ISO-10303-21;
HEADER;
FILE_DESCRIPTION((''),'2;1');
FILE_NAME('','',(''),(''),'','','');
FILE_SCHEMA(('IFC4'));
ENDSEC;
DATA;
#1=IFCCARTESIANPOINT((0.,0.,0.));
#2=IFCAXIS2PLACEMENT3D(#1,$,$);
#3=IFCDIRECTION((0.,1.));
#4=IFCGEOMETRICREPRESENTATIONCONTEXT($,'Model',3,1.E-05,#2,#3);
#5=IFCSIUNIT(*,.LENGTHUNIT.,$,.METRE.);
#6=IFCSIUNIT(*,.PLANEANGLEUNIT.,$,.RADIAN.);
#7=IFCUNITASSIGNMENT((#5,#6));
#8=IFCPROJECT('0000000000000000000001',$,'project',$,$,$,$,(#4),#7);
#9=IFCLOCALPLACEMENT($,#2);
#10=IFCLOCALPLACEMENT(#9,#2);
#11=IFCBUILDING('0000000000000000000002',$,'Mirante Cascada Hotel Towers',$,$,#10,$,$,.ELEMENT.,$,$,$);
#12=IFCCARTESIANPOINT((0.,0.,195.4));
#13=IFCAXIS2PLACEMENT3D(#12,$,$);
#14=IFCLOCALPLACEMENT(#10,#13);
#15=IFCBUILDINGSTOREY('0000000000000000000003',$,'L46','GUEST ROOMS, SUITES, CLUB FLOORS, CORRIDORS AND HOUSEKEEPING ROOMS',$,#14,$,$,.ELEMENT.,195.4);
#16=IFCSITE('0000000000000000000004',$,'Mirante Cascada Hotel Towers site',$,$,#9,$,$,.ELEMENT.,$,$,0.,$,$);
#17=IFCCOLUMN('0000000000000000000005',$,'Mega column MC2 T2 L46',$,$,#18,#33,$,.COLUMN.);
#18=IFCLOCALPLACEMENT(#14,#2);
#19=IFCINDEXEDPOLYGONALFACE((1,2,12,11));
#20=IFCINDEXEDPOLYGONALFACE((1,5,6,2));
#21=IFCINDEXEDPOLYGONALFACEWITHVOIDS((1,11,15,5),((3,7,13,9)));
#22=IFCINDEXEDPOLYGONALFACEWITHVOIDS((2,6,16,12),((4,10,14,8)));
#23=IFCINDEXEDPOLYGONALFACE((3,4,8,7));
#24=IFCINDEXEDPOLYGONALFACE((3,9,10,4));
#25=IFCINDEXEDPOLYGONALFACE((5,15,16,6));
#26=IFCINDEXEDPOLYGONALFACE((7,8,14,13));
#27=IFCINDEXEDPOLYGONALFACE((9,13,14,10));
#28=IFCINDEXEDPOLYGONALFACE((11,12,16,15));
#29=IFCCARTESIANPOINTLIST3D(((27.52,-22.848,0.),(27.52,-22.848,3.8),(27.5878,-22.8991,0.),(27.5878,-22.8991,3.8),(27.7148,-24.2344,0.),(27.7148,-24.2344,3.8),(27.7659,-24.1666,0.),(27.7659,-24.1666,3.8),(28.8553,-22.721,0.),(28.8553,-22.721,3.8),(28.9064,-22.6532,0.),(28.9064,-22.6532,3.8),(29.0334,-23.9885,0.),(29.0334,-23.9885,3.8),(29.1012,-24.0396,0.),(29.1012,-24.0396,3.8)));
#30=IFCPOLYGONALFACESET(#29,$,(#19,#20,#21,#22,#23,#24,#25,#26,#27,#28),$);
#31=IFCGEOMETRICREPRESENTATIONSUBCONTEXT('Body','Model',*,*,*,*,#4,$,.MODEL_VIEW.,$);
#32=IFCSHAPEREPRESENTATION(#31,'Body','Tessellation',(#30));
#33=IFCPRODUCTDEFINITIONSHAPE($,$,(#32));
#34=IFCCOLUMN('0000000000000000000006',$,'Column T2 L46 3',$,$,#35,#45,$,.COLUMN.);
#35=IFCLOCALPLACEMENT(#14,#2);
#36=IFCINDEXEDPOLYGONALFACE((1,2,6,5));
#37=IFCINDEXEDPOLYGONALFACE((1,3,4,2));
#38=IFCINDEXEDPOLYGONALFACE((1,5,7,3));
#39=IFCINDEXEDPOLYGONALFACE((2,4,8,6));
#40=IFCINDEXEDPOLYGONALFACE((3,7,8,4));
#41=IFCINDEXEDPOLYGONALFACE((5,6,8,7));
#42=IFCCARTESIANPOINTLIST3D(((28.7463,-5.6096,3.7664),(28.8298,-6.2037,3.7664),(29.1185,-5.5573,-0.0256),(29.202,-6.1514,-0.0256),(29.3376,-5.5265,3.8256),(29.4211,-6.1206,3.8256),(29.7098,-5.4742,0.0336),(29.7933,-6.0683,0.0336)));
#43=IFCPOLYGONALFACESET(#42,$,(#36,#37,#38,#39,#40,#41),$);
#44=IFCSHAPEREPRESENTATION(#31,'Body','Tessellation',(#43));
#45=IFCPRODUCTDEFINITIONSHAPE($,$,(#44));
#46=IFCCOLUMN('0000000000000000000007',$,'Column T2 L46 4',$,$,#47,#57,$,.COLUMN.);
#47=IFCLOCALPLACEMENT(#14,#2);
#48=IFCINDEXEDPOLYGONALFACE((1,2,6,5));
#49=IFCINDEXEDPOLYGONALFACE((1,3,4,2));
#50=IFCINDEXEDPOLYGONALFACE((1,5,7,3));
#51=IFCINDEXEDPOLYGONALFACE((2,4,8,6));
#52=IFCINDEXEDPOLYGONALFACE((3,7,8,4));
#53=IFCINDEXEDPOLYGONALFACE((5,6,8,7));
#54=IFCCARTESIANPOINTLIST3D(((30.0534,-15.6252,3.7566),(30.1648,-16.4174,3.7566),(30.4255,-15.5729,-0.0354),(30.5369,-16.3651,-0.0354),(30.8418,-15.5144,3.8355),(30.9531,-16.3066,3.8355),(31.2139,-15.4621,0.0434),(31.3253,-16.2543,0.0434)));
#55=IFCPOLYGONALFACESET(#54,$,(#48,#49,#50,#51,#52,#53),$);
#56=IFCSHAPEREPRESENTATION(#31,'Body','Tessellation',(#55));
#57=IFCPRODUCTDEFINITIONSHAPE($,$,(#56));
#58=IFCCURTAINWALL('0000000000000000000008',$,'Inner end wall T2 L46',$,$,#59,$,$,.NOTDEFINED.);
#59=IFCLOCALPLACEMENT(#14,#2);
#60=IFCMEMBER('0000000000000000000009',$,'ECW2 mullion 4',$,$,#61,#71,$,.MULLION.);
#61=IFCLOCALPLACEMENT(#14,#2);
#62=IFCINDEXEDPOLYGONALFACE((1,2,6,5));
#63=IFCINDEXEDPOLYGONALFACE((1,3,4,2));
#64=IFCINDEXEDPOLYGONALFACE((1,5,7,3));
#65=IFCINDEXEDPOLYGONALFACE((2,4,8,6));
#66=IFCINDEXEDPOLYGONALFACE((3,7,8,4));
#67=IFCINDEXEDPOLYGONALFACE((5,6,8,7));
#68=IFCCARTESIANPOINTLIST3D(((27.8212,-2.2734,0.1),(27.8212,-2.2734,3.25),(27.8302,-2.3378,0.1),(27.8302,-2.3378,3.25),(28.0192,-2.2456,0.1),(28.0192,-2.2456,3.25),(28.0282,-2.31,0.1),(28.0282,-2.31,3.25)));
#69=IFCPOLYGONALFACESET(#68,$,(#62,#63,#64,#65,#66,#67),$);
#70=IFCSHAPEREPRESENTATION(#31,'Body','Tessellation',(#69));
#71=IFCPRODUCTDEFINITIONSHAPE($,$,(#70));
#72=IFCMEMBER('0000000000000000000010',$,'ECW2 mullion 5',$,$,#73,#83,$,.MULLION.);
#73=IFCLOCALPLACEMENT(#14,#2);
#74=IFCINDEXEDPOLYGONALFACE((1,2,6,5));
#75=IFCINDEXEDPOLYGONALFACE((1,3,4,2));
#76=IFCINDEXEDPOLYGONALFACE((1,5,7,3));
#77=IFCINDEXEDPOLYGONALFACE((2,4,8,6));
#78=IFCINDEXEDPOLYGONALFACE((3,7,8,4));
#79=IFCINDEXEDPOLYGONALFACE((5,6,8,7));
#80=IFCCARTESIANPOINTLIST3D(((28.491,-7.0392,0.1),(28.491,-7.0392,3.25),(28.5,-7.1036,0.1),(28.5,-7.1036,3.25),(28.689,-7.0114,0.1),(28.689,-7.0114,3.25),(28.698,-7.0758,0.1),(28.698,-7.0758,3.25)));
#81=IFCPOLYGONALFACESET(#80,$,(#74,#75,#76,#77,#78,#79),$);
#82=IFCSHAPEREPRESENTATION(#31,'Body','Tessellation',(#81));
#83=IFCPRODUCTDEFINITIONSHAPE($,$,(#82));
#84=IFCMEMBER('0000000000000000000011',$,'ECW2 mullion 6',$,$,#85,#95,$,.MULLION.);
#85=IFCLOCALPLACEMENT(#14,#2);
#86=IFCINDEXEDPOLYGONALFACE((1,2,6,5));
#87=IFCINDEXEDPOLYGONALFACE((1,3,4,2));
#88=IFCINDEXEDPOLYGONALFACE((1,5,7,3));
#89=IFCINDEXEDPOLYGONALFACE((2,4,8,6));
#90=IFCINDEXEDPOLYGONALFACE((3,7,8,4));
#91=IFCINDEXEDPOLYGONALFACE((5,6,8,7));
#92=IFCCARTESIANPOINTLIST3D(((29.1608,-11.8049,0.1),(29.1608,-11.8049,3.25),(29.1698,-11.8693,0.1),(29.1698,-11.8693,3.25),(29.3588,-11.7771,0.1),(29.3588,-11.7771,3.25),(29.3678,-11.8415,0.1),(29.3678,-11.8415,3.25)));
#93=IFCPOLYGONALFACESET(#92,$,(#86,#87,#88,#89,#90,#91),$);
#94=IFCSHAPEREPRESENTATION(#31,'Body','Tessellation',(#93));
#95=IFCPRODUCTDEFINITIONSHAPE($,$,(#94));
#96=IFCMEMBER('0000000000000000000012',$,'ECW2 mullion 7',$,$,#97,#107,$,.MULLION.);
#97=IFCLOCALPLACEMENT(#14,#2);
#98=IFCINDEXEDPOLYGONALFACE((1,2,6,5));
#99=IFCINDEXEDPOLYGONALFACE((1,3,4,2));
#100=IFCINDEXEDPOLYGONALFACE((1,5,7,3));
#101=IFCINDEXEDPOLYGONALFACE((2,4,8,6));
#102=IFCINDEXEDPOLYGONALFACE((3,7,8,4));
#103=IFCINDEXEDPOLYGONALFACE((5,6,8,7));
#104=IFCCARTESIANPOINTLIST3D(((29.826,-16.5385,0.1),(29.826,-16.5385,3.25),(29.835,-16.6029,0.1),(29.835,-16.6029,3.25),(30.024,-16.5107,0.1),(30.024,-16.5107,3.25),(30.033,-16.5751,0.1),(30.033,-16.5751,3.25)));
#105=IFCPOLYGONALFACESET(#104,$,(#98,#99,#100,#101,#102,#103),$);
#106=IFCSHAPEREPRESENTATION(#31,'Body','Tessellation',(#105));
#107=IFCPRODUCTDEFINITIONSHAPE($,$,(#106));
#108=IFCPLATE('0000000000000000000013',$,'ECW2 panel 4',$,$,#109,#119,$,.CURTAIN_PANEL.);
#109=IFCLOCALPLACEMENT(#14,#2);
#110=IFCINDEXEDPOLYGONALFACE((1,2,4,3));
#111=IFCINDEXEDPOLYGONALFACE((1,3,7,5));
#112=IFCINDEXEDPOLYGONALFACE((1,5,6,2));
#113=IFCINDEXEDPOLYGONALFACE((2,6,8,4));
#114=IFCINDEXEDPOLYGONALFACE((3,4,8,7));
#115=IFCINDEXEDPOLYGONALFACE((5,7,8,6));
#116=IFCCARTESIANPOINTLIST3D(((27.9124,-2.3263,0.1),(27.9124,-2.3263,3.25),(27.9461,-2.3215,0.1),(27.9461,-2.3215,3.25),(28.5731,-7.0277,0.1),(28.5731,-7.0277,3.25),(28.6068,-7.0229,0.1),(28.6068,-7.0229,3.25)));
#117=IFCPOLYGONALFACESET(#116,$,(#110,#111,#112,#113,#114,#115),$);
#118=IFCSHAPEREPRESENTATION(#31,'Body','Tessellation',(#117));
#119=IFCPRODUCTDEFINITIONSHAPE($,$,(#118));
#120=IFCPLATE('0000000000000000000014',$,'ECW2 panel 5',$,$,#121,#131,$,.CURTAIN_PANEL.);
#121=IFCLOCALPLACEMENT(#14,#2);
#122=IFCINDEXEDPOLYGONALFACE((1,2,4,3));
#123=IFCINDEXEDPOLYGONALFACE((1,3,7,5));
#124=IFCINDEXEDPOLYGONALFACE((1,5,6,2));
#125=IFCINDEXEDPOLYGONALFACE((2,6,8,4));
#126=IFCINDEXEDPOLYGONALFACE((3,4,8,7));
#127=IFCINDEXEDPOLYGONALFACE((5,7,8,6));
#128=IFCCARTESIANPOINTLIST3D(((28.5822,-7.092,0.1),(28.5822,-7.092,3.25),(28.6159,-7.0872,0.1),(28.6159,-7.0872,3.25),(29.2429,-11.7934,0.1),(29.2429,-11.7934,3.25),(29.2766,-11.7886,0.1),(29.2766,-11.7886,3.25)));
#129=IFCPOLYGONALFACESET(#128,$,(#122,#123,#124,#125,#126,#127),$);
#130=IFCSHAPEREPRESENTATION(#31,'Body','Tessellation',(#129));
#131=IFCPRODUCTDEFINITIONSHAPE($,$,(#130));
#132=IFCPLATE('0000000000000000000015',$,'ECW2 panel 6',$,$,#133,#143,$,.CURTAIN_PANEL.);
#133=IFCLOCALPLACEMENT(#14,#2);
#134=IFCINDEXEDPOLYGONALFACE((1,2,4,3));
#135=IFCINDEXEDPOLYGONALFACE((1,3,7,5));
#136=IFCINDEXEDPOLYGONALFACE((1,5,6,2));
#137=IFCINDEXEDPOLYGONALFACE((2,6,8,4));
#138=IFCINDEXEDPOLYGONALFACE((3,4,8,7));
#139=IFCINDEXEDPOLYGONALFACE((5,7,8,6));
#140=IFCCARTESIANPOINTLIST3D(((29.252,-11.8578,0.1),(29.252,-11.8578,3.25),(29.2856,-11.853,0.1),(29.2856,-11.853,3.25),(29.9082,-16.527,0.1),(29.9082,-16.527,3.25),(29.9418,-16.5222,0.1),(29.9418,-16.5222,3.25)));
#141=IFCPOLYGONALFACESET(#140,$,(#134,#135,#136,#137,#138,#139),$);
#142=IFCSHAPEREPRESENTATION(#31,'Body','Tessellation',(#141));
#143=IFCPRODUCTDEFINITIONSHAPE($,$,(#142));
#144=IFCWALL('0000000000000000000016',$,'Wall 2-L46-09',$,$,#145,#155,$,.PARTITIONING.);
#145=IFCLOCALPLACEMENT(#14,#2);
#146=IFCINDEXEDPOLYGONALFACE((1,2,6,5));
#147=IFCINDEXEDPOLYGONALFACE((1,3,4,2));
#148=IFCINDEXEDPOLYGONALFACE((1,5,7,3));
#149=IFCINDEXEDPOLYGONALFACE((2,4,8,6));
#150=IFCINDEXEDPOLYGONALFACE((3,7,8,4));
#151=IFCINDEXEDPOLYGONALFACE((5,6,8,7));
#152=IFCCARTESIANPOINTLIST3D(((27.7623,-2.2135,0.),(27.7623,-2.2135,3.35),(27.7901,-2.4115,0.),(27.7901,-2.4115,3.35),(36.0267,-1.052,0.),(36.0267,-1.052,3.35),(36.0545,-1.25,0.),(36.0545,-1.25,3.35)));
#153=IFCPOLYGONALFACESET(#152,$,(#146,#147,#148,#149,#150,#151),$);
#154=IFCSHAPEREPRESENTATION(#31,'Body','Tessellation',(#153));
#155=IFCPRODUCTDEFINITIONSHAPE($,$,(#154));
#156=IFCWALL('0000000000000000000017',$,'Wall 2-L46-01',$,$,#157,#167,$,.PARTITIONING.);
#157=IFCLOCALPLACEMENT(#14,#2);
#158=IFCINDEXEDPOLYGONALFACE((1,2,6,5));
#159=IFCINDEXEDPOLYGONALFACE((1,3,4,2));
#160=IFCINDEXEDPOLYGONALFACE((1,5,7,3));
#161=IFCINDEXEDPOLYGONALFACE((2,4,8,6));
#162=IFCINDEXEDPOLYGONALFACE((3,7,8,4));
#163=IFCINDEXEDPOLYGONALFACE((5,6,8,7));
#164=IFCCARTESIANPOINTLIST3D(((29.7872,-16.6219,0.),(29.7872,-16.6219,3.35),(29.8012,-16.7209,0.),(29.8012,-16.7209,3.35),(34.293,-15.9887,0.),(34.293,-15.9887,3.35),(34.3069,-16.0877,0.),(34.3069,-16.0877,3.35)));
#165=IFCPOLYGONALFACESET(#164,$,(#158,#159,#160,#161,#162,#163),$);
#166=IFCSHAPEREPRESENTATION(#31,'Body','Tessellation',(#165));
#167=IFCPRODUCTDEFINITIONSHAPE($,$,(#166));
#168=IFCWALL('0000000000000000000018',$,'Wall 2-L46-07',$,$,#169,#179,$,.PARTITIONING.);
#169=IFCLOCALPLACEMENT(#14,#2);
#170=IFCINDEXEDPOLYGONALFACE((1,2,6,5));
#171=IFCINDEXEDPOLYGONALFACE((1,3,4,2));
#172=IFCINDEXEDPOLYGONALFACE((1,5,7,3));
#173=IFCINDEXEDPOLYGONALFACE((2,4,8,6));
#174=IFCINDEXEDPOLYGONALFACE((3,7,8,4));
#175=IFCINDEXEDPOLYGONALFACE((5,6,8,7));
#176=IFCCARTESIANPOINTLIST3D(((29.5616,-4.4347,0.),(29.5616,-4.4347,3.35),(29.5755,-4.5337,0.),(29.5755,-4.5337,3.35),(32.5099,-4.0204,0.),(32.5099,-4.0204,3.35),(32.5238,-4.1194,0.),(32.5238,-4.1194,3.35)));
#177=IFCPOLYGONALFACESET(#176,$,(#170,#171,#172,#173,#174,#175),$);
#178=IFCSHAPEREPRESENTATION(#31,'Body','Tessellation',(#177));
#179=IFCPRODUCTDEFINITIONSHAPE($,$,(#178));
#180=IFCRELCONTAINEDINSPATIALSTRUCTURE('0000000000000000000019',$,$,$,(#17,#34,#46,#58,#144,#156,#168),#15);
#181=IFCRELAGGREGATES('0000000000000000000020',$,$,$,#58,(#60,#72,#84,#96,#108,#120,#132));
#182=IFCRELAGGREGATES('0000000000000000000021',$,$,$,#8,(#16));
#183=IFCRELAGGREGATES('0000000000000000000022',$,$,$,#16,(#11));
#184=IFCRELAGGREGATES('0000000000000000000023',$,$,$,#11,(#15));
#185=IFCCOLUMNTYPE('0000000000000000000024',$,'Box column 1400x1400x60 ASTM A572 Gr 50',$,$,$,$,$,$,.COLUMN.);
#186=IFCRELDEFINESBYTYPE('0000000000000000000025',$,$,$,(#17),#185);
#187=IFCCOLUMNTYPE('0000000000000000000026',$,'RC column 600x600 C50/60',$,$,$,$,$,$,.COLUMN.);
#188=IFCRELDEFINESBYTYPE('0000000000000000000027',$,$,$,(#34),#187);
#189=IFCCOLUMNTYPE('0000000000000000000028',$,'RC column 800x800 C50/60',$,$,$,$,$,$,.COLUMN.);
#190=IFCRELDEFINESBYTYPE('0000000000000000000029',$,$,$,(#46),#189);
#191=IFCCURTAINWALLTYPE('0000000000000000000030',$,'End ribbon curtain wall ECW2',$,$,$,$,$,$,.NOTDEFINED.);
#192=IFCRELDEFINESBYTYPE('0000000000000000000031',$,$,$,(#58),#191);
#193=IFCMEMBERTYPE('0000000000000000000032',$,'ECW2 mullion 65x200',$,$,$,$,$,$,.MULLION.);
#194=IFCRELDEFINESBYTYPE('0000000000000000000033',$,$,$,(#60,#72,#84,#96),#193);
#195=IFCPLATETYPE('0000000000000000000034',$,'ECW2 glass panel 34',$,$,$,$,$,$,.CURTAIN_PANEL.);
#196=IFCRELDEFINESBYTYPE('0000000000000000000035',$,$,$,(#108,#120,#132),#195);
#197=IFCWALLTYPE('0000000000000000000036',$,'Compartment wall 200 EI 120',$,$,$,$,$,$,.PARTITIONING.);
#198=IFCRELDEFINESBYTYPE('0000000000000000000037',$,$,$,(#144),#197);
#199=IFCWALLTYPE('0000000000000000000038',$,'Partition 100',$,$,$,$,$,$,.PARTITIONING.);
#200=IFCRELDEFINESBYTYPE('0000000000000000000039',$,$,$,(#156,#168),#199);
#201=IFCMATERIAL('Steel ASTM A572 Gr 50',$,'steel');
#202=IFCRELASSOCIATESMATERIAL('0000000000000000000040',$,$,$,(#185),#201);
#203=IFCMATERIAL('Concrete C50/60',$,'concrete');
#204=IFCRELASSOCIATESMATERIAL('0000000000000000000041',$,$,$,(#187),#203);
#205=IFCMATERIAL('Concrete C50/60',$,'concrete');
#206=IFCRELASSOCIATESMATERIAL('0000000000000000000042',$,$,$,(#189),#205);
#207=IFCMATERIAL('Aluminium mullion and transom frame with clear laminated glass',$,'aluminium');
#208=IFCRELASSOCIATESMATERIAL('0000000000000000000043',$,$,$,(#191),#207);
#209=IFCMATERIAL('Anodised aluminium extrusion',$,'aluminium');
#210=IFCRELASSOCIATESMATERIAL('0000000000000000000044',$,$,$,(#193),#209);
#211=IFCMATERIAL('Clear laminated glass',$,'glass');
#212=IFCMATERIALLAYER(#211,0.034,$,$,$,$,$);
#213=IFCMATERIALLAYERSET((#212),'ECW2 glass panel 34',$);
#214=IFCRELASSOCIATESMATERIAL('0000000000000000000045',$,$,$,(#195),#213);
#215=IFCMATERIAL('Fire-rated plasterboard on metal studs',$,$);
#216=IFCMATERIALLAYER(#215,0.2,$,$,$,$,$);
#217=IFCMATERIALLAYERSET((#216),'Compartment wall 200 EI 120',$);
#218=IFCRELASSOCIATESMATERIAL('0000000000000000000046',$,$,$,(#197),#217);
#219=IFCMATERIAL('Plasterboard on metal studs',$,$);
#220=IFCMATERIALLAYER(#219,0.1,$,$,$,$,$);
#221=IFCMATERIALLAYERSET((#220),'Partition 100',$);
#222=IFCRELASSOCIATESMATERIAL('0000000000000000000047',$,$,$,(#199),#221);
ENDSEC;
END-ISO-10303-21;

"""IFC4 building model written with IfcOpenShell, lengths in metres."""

from ifc_helpers import new_model, si_unit, direction, frame, frame_2d, origin, origin_2d, place, context, subcontext, project, spatial, rectangle, hollow_rectangle, extrude, material, layer, layer_set, material_profile, profile_set, type_object, element, aggregate, save


model = new_model("IFC4")

# Units and contexts
model_context = context("Model", 3, precision=1e-05, world=origin(), true_north=direction((0.0, 1.0)))
body_context = subcontext(model_context, "Body", "Model", "MODEL_VIEW")
ifc_project = project(units=[si_unit("LENGTHUNIT", "METRE"), si_unit("PLANEANGLEUNIT", "RADIAN")], contexts=[model_context])

# Site, building, storey
site_placement = place(None, origin())
site = spatial("IfcSite", under=ifc_project, at=site_placement, Name="Mirante Cascada Hotel Towers site", CompositionType="ELEMENT", RefElevation=0.0)
building_placement = place(site_placement, origin())
building = spatial("IfcBuilding", under=site, at=building_placement, Name="Mirante Cascada Hotel Towers", CompositionType="ELEMENT")
storey_placement = place(building_placement, frame((0.0, 0.0, 195.4)))
storey = spatial("IfcBuildingStorey", under=building, at=storey_placement, Name="L46", Description="GUEST ROOMS, SUITES, CLUB FLOORS, CORRIDORS AND HOUSEKEEPING ROOMS", CompositionType="ELEMENT", Elevation=195.4)

# Columns
ifc_material_1 = material(Name="Steel ASTM A572 Gr 50", Category="steel")
ifc_material_profile_1 = material_profile(ifc_material_1, hollow_rectangle(XDim=1.4, YDim=1.4, WallThickness=0.06, at=origin_2d()), Name="Box column 1400x1400x60 ASTM A572 Gr 50")
ifc_profile_set_1 = profile_set([ifc_material_profile_1], Name="Steel ASTM A572 Gr 50")
column_type_1 = type_object("IfcColumnType", Name="Box column 1400x1400x60 ASTM A572 Gr 50", PredefinedType="COLUMN", material=ifc_profile_set_1)
column_1_placement = place(storey_placement, frame((28.3106, -23.4438, 0.0), z_axis=(0.0, 0.0, 1.0), x_axis=(0.990268, 0.139173, 0.0)))
element("IfcColumn", 1, at=column_1_placement, inside=storey, type_object=column_type_1, Name="Mega column MC2 T2 L46", PredefinedType="COLUMN", context=body_context, shape_type="SweptSolid", body=[
    extrude(hollow_rectangle(XDim=1.4, YDim=1.4, WallThickness=0.06, at=origin_2d()), origin(), (0.0, 0.0, 1.0), 3.8),
])
ifc_material_2 = material(Name="Concrete C50/60", Category="concrete")
ifc_material_profile_2 = material_profile(ifc_material_2, rectangle(XDim=0.6, YDim=0.6, at=origin_2d()), Name="RC column 600x600 C50/60")
ifc_profile_set_2 = profile_set([ifc_material_profile_2], Name="Concrete C50/60")
column_type_2 = type_object("IfcColumnType", Name="RC column 600x600 C50/60", PredefinedType="COLUMN", material=ifc_profile_set_2)
column_2_placement = place(storey_placement, frame((29.4559, -5.8128, 0.004), z_axis=(-0.097675, -0.013725, 0.995124), x_axis=(0.139149, -0.990271, 0.0)))
element("IfcColumn", 2, at=column_2_placement, inside=storey, type_object=column_type_2, Name="Column T2 L46 3", PredefinedType="COLUMN", context=body_context, shape_type="SweptSolid", body=[
    extrude(rectangle(XDim=0.6, YDim=0.6, at=origin_2d()), origin(), (0.0, 0.0, 1.0), 3.8106),
])
ifc_material_3 = material(Name="Concrete C50/60", Category="concrete")
ifc_material_profile_3 = material_profile(ifc_material_3, rectangle(XDim=0.8, YDim=0.8, at=origin_2d()), Name="RC column 800x800 C50/60")
ifc_profile_set_3 = profile_set([ifc_material_profile_3], Name="Concrete C50/60")
column_type_3 = type_object("IfcColumnType", Name="RC column 800x800 C50/60", PredefinedType="COLUMN", material=ifc_profile_set_3)
column_3_placement = place(storey_placement, frame((30.8754, -15.9136, 0.004), z_axis=(-0.097649, -0.013725, 0.995126), x_axis=(0.139185, -0.990266, 0.0)))
element("IfcColumn", 3, at=column_3_placement, inside=storey, type_object=column_type_3, Name="Column T2 L46 4", PredefinedType="COLUMN", context=body_context, shape_type="SweptSolid", body=[
    extrude(rectangle(XDim=0.8, YDim=0.8, at=origin_2d()), origin(), (0.0, 0.0, 1.0), 3.8106),
])

# Curtain wall, members, plates
ifc_material_4 = material(Name="Aluminium mullion and transom frame with clear laminated glass", Category="aluminium")
curtain_wall_type = type_object("IfcCurtainWallType", Name="End ribbon curtain wall ECW2", PredefinedType="NOTDEFINED", material=ifc_material_4)
curtain_wall_placement = place(storey_placement, origin())
curtain_wall = element("IfcCurtainWall", 4, at=curtain_wall_placement, inside=storey, type_object=curtain_wall_type, Name="Inner end wall T2 L46", PredefinedType="NOTDEFINED")
ifc_material_5 = material(Name="Anodised aluminium extrusion", Category="aluminium")
ifc_material_profile_4 = material_profile(ifc_material_5, rectangle(XDim=0.2, YDim=0.065, at=origin_2d()), Name="ECW2 MULLION 65x200")
ifc_profile_set_4 = profile_set([ifc_material_profile_4], Name="Anodised aluminium extrusion")
member_type = type_object("IfcMemberType", Name="ECW2 mullion 65x200", PredefinedType="MULLION", material=ifc_profile_set_4)
member_1_placement = place(storey_placement, frame((27.9247, -2.2917, 0.1), z_axis=(0.0, 0.0, 1.0), x_axis=(0.990268, 0.139173, 0.0)))
member_1 = element("IfcMember", 5, at=member_1_placement, type_object=member_type, Name="ECW2 mullion 4", PredefinedType="MULLION", context=body_context, shape_type="SweptSolid", body=[
    extrude(rectangle(XDim=0.2, YDim=0.065, at=origin_2d()), origin(), (0.0, 0.0, 1.0), 3.15),
])
member_2_placement = place(storey_placement, frame((28.5945, -7.0575, 0.1), z_axis=(0.0, 0.0, 1.0), x_axis=(0.990268, 0.139173, 0.0)))
member_2 = element("IfcMember", 6, at=member_2_placement, type_object=member_type, Name="ECW2 mullion 5", PredefinedType="MULLION", context=body_context, shape_type="SweptSolid", body=[
    extrude(rectangle(XDim=0.2, YDim=0.065, at=origin_2d()), origin(), (0.0, 0.0, 1.0), 3.15),
])
member_3_placement = place(storey_placement, frame((29.2643, -11.8232, 0.1), z_axis=(0.0, 0.0, 1.0), x_axis=(0.990268, 0.139173, 0.0)))
member_3 = element("IfcMember", 7, at=member_3_placement, type_object=member_type, Name="ECW2 mullion 6", PredefinedType="MULLION", context=body_context, shape_type="SweptSolid", body=[
    extrude(rectangle(XDim=0.2, YDim=0.065, at=origin_2d()), origin(), (0.0, 0.0, 1.0), 3.15),
])
member_4_placement = place(storey_placement, frame((29.9295, -16.5568, 0.1), z_axis=(0.0, 0.0, 1.0), x_axis=(0.990268, 0.139173, 0.0)))
member_4 = element("IfcMember", 8, at=member_4_placement, type_object=member_type, Name="ECW2 mullion 7", PredefinedType="MULLION", context=body_context, shape_type="SweptSolid", body=[
    extrude(rectangle(XDim=0.2, YDim=0.065, at=origin_2d()), origin(), (0.0, 0.0, 1.0), 3.15),
])
ifc_material_6 = material(Name="Clear laminated glass", Category="glass")
ifc_layer_1 = layer(ifc_material_6, 0.034)
ifc_layer_set_1 = layer_set([ifc_layer_1], Name="ECW2 glass panel 34")
plate_type = type_object("IfcPlateType", Name="ECW2 glass panel 34", PredefinedType="CURTAIN_PANEL", material=ifc_layer_set_1)
plate_1_placement = place(storey_placement, frame((28.2596, -4.6746, 0.1), z_axis=(0.0, 0.0, 1.0), x_axis=(0.139173, -0.990268, 0.0)))
plate_1 = element("IfcPlate", 9, at=plate_1_placement, type_object=plate_type, Name="ECW2 panel 4", PredefinedType="CURTAIN_PANEL", context=body_context, shape_type="SweptSolid", body=[
    extrude(rectangle(XDim=4.7476, YDim=0.034, at=origin_2d()), origin(), (0.0, 0.0, 1.0), 3.15),
])
plate_2_placement = place(storey_placement, frame((28.9294, -9.4403, 0.1), z_axis=(0.0, 0.0, 1.0), x_axis=(0.139173, -0.990268, 0.0)))
plate_2 = element("IfcPlate", 10, at=plate_2_placement, type_object=plate_type, Name="ECW2 panel 5", PredefinedType="CURTAIN_PANEL", context=body_context, shape_type="SweptSolid", body=[
    extrude(rectangle(XDim=4.7476, YDim=0.034, at=origin_2d()), origin(), (0.0, 0.0, 1.0), 3.15),
])
plate_3_placement = place(storey_placement, frame((29.5969, -14.19, 0.1), z_axis=(0.0, 0.0, 1.0), x_axis=(0.139173, -0.990268, 0.0)))
plate_3 = element("IfcPlate", 11, at=plate_3_placement, type_object=plate_type, Name="ECW2 panel 6", PredefinedType="CURTAIN_PANEL", context=body_context, shape_type="SweptSolid", body=[
    extrude(rectangle(XDim=4.7151, YDim=0.034, at=origin_2d()), origin(), (0.0, 0.0, 1.0), 3.15),
])
aggregate(curtain_wall, [member_1, member_2, member_3, member_4, plate_1, plate_2, plate_3])

# Walls
ifc_material_7 = material(Name="Fire-rated plasterboard on metal studs")
ifc_layer_2 = layer(ifc_material_7, 0.2)
ifc_layer_set_2 = layer_set([ifc_layer_2], Name="Compartment wall 200 EI 120")
wall_type_1 = type_object("IfcWallType", Name="Compartment wall 200 EI 120", PredefinedType="PARTITIONING", material=ifc_layer_set_2)
wall_1_placement = place(storey_placement, frame((27.7762, -2.3125, 0.0), z_axis=(0.0, 0.0, 1.0), x_axis=(0.990268, 0.139175, 0.0)))
element("IfcWall", 12, at=wall_1_placement, inside=storey, type_object=wall_type_1, Name="Wall 2-L46-09", PredefinedType="PARTITIONING", context=body_context, shape_type="SweptSolid", body=[
    extrude(rectangle(XDim=8.3456, YDim=0.2, at=frame_2d((4.1728, 0.0))), origin(), (0.0, 0.0, 1.0), 3.35),
])
ifc_material_8 = material(Name="Plasterboard on metal studs")
ifc_layer_3 = layer(ifc_material_8, 0.1)
ifc_layer_set_3 = layer_set([ifc_layer_3], Name="Partition 100")
wall_type_2 = type_object("IfcWallType", Name="Partition 100", PredefinedType="PARTITIONING", material=ifc_layer_set_3)
wall_2_placement = place(storey_placement, frame((29.7942, -16.6714, 0.0), z_axis=(0.0, 0.0, 1.0), x_axis=(0.990269, 0.139166, 0.0)))
element("IfcWall", 13, at=wall_2_placement, inside=storey, type_object=wall_type_2, Name="Wall 2-L46-01", PredefinedType="PARTITIONING", context=body_context, shape_type="SweptSolid", body=[
    extrude(rectangle(XDim=4.55, YDim=0.1, at=frame_2d((2.275, 0.0))), origin(), (0.0, 0.0, 1.0), 3.35),
])
wall_3_placement = place(storey_placement, frame((29.5686, -4.4842, 0.0), z_axis=(0.0, 0.0, 1.0), x_axis=(0.990271, 0.139154, 0.0)))
element("IfcWall", 14, at=wall_3_placement, inside=storey, type_object=wall_type_2, Name="Wall 2-L46-07", PredefinedType="PARTITIONING", context=body_context, shape_type="SweptSolid", body=[
    extrude(rectangle(XDim=2.9773, YDim=0.1, at=frame_2d((1.4886, 0.0))), origin(), (0.0, 0.0, 1.0), 3.35),
])

save(model, "model.ifc")
